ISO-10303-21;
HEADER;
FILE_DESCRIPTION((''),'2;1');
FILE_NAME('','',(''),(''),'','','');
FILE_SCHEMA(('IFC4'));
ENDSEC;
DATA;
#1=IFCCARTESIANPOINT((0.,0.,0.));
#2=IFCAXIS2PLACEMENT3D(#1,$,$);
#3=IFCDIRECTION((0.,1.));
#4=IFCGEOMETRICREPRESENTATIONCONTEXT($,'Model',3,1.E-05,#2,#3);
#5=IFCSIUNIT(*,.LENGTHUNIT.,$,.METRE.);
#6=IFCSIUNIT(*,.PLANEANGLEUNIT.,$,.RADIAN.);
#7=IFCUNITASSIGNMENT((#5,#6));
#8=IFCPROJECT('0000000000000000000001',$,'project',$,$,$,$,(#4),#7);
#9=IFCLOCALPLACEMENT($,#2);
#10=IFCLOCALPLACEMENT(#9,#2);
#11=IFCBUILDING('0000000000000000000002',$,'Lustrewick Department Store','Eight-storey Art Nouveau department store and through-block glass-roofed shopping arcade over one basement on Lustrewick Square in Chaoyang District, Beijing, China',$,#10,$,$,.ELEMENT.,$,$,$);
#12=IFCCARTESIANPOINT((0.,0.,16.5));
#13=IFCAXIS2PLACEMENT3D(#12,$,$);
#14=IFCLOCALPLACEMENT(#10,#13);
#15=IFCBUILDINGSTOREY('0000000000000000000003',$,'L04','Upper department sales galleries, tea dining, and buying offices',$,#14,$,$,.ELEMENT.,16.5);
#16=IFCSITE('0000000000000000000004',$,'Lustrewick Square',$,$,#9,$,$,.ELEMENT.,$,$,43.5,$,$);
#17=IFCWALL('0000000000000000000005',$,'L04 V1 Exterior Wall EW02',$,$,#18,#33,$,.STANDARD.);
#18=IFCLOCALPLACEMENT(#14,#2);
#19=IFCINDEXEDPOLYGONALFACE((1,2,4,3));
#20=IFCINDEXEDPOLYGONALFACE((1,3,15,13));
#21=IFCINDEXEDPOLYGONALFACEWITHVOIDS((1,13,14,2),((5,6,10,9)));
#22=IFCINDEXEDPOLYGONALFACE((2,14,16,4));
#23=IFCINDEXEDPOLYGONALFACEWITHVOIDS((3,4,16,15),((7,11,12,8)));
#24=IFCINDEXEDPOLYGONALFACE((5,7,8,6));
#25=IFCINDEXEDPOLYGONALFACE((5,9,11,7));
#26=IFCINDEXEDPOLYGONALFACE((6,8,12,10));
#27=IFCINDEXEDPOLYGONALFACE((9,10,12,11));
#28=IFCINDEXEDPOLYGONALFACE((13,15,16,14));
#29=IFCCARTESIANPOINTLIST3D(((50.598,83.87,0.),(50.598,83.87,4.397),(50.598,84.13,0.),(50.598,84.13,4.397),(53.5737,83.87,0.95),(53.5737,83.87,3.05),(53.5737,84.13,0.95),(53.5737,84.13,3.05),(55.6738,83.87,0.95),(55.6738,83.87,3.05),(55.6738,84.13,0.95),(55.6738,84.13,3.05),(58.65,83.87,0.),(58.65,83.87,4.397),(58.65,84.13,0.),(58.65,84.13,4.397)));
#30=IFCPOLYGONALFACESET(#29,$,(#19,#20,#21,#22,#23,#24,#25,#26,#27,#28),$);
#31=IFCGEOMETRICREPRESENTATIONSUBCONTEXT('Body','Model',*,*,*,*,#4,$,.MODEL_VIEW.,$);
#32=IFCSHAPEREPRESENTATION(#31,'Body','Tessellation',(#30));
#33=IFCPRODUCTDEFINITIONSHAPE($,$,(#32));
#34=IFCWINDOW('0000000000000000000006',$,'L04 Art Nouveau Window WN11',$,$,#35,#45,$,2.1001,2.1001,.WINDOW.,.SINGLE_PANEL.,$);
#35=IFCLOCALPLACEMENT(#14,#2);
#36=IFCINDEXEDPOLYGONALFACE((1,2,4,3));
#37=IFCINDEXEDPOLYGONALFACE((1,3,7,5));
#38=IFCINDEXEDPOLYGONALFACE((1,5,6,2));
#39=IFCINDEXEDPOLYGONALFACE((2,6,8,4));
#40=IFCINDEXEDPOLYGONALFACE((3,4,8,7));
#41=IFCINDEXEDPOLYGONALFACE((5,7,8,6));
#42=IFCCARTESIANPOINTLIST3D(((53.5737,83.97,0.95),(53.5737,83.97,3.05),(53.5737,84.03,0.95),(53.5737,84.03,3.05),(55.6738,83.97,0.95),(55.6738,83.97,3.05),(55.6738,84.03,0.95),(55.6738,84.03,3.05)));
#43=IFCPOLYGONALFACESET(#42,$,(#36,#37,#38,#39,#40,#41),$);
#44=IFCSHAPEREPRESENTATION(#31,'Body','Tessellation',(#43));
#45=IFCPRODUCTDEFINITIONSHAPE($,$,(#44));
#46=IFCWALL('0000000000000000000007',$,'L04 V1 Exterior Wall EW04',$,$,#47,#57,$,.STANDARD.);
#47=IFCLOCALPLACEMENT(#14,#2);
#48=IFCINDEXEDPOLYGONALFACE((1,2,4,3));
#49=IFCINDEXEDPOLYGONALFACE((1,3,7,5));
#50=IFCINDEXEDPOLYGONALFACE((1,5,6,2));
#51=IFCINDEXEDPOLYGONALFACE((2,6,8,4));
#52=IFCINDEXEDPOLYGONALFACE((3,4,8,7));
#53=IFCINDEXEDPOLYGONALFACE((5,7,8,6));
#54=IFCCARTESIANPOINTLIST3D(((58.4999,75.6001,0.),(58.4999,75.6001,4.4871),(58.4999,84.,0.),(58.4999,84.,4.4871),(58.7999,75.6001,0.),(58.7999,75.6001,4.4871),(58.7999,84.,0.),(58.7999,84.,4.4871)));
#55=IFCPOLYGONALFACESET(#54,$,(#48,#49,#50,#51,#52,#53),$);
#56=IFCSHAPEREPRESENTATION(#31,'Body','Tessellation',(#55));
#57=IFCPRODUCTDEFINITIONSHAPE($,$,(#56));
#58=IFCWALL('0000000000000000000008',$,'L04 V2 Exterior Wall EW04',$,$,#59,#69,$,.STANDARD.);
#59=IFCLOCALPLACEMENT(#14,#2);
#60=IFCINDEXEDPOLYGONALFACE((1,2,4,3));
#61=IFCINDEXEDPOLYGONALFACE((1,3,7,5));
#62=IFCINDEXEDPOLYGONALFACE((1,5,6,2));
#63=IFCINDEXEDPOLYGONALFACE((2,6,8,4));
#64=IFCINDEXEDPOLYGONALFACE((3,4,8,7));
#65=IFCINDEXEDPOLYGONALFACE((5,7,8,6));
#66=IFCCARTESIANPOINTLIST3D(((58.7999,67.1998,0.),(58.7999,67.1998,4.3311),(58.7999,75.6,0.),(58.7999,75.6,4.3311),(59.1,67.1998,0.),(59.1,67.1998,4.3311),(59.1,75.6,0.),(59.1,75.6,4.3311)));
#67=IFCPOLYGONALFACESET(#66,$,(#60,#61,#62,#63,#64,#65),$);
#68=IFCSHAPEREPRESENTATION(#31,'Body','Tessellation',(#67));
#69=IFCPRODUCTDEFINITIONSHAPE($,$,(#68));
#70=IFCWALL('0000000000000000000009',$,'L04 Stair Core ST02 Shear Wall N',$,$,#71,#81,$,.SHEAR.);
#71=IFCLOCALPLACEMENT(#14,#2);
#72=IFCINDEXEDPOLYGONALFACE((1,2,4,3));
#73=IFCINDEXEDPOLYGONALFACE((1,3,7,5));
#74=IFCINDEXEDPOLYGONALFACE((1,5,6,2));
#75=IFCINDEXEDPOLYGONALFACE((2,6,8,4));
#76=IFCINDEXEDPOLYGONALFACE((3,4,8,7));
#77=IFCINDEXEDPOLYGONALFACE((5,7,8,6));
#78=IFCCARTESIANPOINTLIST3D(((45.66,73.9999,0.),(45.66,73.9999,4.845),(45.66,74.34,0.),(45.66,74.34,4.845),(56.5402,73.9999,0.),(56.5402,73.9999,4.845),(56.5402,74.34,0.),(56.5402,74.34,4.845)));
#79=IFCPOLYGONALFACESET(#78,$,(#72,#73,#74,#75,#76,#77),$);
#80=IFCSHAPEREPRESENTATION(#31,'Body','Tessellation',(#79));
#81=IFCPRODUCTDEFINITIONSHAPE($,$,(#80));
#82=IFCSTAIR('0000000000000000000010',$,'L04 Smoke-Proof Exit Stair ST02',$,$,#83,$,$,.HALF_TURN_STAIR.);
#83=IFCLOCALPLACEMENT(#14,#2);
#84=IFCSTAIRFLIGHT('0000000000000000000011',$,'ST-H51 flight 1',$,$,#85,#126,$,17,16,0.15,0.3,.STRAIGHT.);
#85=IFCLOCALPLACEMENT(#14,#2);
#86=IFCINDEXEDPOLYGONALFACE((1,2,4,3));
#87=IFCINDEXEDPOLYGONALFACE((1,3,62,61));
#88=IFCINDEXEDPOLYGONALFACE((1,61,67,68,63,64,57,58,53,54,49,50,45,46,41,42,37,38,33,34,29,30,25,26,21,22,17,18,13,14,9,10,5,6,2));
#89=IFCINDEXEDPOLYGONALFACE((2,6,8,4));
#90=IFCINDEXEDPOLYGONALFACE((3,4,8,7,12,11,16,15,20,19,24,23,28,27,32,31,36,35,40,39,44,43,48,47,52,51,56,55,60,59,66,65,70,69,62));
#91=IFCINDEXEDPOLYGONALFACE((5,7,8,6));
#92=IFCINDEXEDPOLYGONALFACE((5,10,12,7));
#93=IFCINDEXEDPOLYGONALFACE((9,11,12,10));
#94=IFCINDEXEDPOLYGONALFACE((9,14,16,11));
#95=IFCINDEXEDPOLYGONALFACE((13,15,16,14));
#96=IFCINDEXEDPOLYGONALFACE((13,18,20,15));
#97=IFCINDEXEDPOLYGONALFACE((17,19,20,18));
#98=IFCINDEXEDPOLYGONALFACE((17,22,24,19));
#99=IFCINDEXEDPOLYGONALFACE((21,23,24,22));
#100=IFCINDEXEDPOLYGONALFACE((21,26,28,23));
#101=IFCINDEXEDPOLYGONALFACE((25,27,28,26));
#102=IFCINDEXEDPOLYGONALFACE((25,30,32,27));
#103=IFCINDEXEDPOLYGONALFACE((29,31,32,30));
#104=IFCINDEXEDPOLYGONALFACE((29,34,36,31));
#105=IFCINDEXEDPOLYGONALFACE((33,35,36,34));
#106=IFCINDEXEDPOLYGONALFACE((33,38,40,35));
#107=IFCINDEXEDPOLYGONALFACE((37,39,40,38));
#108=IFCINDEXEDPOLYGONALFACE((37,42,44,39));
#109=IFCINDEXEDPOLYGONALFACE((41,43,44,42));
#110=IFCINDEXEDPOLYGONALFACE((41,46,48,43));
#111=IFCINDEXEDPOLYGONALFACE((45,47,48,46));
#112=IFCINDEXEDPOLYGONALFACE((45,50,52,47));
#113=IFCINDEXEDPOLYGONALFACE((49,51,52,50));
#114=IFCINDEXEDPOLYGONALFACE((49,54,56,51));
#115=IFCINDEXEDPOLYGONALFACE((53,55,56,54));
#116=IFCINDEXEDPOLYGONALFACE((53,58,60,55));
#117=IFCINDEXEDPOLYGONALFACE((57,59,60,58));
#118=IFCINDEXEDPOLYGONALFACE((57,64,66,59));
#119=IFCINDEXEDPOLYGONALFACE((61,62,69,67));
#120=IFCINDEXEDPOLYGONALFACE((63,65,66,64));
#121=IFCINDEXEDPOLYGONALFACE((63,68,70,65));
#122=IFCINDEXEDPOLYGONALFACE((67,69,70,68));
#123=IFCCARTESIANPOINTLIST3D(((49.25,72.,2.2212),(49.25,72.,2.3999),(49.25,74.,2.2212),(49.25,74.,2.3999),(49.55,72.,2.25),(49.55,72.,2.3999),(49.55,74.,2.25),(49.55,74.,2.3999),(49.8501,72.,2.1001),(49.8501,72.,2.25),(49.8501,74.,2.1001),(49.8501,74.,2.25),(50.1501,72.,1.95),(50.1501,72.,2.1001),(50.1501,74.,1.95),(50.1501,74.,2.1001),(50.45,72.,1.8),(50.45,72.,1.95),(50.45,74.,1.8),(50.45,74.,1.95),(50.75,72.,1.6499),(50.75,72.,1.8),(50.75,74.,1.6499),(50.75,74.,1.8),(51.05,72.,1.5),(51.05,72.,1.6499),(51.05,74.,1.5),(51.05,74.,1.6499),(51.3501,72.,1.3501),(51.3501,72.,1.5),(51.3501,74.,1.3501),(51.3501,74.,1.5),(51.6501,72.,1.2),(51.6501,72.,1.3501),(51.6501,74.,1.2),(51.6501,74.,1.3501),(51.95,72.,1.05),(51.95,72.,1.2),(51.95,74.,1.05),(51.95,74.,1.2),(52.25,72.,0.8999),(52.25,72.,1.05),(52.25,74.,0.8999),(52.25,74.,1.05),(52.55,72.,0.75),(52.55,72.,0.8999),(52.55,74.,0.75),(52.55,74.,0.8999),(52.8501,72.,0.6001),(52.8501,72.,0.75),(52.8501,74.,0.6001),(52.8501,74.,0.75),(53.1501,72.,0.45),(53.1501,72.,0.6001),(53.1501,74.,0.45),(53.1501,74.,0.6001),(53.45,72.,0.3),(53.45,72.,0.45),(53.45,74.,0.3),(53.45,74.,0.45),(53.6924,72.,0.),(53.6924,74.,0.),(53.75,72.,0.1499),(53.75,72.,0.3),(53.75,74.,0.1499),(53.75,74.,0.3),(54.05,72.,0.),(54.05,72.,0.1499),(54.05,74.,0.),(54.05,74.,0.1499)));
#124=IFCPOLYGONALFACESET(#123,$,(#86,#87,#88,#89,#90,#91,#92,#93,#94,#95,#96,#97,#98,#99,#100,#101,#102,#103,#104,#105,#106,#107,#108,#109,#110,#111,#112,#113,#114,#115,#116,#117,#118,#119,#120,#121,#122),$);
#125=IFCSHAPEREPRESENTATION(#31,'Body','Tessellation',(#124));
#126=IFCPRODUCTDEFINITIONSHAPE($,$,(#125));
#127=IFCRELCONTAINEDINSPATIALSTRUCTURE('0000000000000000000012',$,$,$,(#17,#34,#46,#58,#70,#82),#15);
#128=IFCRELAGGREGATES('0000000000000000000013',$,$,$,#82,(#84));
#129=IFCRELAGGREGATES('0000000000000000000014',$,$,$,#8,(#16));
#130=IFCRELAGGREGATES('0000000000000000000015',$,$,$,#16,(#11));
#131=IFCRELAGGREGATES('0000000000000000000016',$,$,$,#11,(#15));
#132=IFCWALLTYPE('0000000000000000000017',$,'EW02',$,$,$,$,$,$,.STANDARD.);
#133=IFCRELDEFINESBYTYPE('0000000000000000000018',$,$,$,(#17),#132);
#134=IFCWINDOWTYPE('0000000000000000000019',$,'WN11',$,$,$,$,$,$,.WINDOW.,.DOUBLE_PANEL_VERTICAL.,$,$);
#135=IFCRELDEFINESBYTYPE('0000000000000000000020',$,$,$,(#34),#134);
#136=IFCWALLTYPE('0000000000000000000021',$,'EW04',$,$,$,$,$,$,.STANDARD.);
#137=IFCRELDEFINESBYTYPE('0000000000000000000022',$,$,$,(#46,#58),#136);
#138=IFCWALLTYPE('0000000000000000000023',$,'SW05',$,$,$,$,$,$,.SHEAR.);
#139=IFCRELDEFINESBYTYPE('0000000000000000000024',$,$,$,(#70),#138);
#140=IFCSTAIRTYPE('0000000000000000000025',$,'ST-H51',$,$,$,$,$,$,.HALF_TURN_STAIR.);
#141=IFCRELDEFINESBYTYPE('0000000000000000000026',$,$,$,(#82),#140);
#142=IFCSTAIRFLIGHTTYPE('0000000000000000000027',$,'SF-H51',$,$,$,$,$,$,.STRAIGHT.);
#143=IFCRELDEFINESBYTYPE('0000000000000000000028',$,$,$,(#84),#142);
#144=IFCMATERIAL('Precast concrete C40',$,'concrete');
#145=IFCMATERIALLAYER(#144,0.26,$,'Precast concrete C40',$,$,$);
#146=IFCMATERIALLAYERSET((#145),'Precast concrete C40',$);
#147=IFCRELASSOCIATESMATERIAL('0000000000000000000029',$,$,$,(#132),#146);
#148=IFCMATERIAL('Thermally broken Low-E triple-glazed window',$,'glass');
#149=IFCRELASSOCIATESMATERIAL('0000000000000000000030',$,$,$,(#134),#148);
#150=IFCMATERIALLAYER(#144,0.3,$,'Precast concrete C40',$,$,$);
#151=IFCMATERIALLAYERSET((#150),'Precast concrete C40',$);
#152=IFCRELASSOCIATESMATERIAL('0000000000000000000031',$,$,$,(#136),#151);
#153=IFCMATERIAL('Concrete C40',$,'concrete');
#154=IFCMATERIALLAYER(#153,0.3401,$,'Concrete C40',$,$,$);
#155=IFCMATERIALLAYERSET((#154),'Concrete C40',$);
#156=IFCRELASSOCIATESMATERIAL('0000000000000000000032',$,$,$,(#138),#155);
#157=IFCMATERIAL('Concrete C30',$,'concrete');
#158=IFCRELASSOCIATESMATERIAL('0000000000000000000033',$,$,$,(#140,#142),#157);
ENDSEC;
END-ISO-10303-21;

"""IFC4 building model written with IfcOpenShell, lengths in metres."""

from ifc_helpers import new_model, si_unit, direction, frame, frame_2d, origin, place, context, subcontext, project, spatial, polyline, rectangle, outline, extrude, material, layer, layer_set, type_object, element, fill, aggregate, save


model = new_model("IFC4")

# Units and contexts
model_context = context("Model", 3, precision=1e-05, world=origin(), true_north=direction((0.0, 1.0)))
body_context = subcontext(model_context, "Body", "Model", "MODEL_VIEW")
ifc_project = project(units=[si_unit("LENGTHUNIT", "METRE"), si_unit("PLANEANGLEUNIT", "RADIAN")], contexts=[model_context])

# Site, building, storey
site_placement = place(None, origin())
site = spatial("IfcSite", under=ifc_project, at=site_placement, Name="Lustrewick Square", CompositionType="ELEMENT", RefElevation=43.5)
building_placement = place(site_placement, origin())
building = spatial("IfcBuilding", under=site, at=building_placement, Name="Lustrewick Department Store", Description="Eight-storey Art Nouveau department store and through-block glass-roofed shopping arcade over one basement on Lustrewick Square in Chaoyang District, Beijing, China", CompositionType="ELEMENT")
storey_placement = place(building_placement, frame((0.0, 0.0, 16.5)))
storey = spatial("IfcBuildingStorey", under=building, at=storey_placement, Name="L04", Description="Upper department sales galleries, tea dining, and buying offices", CompositionType="ELEMENT", Elevation=16.5)

# Wall, opening, window
ifc_material_1 = material(Name="Precast concrete C40", Category="concrete")
ifc_layer_1 = layer(ifc_material_1, 0.26, Name="Precast concrete C40")
ifc_layer_set_1 = layer_set([ifc_layer_1], Name="Precast concrete C40")
wall_type_1 = type_object("IfcWallType", Name="EW02", PredefinedType="STANDARD", material=ifc_layer_set_1)
wall_1_placement = place(storey_placement, frame((58.6499, 84.0, 0.0), z_axis=(0.0, 0.0, 1.0), x_axis=(-1.0, 0.0, 0.0)))
wall_1 = element("IfcWall", 1, at=wall_1_placement, inside=storey, type_object=wall_type_1, Name="L04 V1 Exterior Wall EW02", PredefinedType="STANDARD", context=body_context, shape_type="SweptSolid", body=[
    extrude(rectangle(XDim=8.052, YDim=0.26, at=frame_2d((4.0259, 0.0))), origin(), (0.0, 0.0, 1.0), 4.397),
])
opening_1_placement = place(wall_1_placement, frame((2.9761, 0.0, 0.95)))
opening_1 = element("IfcOpeningElement", 2, at=opening_1_placement, cuts=wall_1, PredefinedType="OPENING", context=body_context, shape_type="SweptSolid", body=[
    extrude(rectangle(XDim=2.1001, YDim=2.1001, at=frame_2d((1.05, 1.05))), frame((0.0, 0.1401, 0.0), z_axis=(0.0, -1.0, 0.0), x_axis=(1.0, 0.0, 0.0)), (0.0, 0.0, 1.0), 0.28),
])
ifc_material_2 = material(Name="Thermally broken Low-E triple-glazed window", Category="glass")
window_type = type_object("IfcWindowType", Name="WN11", PartitioningType="DOUBLE_PANEL_VERTICAL", PredefinedType="WINDOW", material=ifc_material_2)
window_placement = place(opening_1_placement, origin())
window = element("IfcWindow", 3, at=window_placement, inside=storey, type_object=window_type, Name="L04 Art Nouveau Window WN11", OverallHeight=2.1001, OverallWidth=2.1001, PartitioningType="SINGLE_PANEL", PredefinedType="WINDOW", context=body_context, shape_type="SweptSolid", body=[
    extrude(rectangle(XDim=2.1001, YDim=2.1001, at=frame_2d((1.05, 1.05))), frame((0.0, 0.03, 0.0), z_axis=(0.0, -1.0, 0.0), x_axis=(1.0, 0.0, 0.0)), (0.0, 0.0, 1.0), 0.0601),
])
fill(opening_1, window)

# Walls
ifc_layer_2 = layer(ifc_material_1, 0.3, Name="Precast concrete C40")
ifc_layer_set_2 = layer_set([ifc_layer_2], Name="Precast concrete C40")
wall_type_2 = type_object("IfcWallType", Name="EW04", PredefinedType="STANDARD", material=ifc_layer_set_2)
wall_2_placement = place(storey_placement, frame((58.6499, 75.6001, 0.0), z_axis=(0.0, 0.0, 1.0), x_axis=(0.0, 1.0, 0.0)))
element("IfcWall", 4, at=wall_2_placement, inside=storey, type_object=wall_type_2, Name="L04 V1 Exterior Wall EW04", PredefinedType="STANDARD", context=body_context, shape_type="SweptSolid", body=[
    extrude(rectangle(XDim=8.3999, YDim=0.3, at=frame_2d((4.2, 0.0))), origin(), (0.0, 0.0, 1.0), 4.4871),
])
wall_3_placement = place(storey_placement, frame((58.95, 75.6001, 0.0), z_axis=(0.0, 0.0, 1.0), x_axis=(0.0, -1.0, 0.0)))
element("IfcWall", 5, at=wall_3_placement, inside=storey, type_object=wall_type_2, Name="L04 V2 Exterior Wall EW04", PredefinedType="STANDARD", context=body_context, shape_type="SweptSolid", body=[
    extrude(rectangle(XDim=8.4001, YDim=0.3, at=frame_2d((4.2002, 0.0))), origin(), (0.0, 0.0, 1.0), 4.3311),
])

# Shared definitions
ifc_material_3 = material(Name="Concrete C40", Category="concrete")
ifc_layer_3 = layer(ifc_material_3, 0.3401, Name="Concrete C40")
ifc_layer_set_3 = layer_set([ifc_layer_3], Name="Concrete C40")
wall_type_3 = type_object("IfcWallType", Name="SW05", PredefinedType="SHEAR", material=ifc_layer_set_3)

# Wall
wall_4_placement = place(storey_placement, frame((56.54, 74.1699, 0.0), z_axis=(0.0, 0.0, 1.0), x_axis=(-1.0, 0.0, 0.0)))
element("IfcWall", 6, at=wall_4_placement, inside=storey, type_object=wall_type_3, Name="L04 Stair Core ST02 Shear Wall N", PredefinedType="SHEAR", context=body_context, shape_type="SweptSolid", body=[
    extrude(rectangle(XDim=10.8801, YDim=0.3401, at=frame_2d((5.4399, 0.0))), origin(), (0.0, 0.0, 1.0), 4.845),
])

# Stair, stair flight
ifc_material_4 = material(Name="Concrete C30", Category="concrete")
stair_type = type_object("IfcStairType", Name="ST-H51", PredefinedType="HALF_TURN_STAIR", material=ifc_material_4)
stair_placement = place(storey_placement, origin())
stair = element("IfcStair", 7, at=stair_placement, inside=storey, type_object=stair_type, Name="L04 Smoke-Proof Exit Stair ST02", PredefinedType="HALF_TURN_STAIR")
stair_flight_type = type_object("IfcStairFlightType", Name="SF-H51", PredefinedType="STRAIGHT", material=ifc_material_4)
stair_flight_placement = place(storey_placement, frame((54.05, 73.0, 0.0), z_axis=(0.0, 0.0, 1.0), x_axis=(-1.0, 0.0, 0.0)))
stair_flight = element("IfcStairFlight", 8, at=stair_flight_placement, type_object=stair_flight_type, Name="ST-H51 flight 1", NumberOfRisers=17, NumberOfTreads=16, PredefinedType="STRAIGHT", RiserHeight=0.15, TreadLength=0.3, context=body_context, shape_type="SweptSolid", body=[
    extrude(outline(polyline([(0.0, 0.0), (0.0, 0.1499), (0.3, 0.1499), (0.3, 0.3), (0.6001, 0.3), (0.6001, 0.45), (0.8999, 0.45), (0.8999, 0.6001), (1.2, 0.6001), (1.2, 0.75), (1.5, 0.75), (1.5, 0.8999), (1.8, 0.8999), (1.8, 1.05), (2.1001, 1.05), (2.1001, 1.2), (2.3999, 1.2), (2.3999, 1.3501), (2.7, 1.3501), (2.7, 1.5), (3.0, 1.5), (3.0, 1.6499), (3.3, 1.6499), (3.3, 1.8), (3.6001, 1.8), (3.6001, 1.95), (3.8999, 1.95), (3.8999, 2.1001), (4.2, 2.1001), (4.2, 2.25), (4.5, 2.25), (4.5, 2.3999), (4.8, 2.3999), (4.8, 2.55), (4.8, 2.2212), (0.3577, 0.0), (0.0, 0.0)])), frame((0.0, 1.0, 0.0), z_axis=(0.0, -1.0, 0.0), x_axis=(1.0, 0.0, 0.0)), (0.0, 0.0, 1.0), 2.0),
])
aggregate(stair, [stair_flight])

save(model, "model.ifc")
